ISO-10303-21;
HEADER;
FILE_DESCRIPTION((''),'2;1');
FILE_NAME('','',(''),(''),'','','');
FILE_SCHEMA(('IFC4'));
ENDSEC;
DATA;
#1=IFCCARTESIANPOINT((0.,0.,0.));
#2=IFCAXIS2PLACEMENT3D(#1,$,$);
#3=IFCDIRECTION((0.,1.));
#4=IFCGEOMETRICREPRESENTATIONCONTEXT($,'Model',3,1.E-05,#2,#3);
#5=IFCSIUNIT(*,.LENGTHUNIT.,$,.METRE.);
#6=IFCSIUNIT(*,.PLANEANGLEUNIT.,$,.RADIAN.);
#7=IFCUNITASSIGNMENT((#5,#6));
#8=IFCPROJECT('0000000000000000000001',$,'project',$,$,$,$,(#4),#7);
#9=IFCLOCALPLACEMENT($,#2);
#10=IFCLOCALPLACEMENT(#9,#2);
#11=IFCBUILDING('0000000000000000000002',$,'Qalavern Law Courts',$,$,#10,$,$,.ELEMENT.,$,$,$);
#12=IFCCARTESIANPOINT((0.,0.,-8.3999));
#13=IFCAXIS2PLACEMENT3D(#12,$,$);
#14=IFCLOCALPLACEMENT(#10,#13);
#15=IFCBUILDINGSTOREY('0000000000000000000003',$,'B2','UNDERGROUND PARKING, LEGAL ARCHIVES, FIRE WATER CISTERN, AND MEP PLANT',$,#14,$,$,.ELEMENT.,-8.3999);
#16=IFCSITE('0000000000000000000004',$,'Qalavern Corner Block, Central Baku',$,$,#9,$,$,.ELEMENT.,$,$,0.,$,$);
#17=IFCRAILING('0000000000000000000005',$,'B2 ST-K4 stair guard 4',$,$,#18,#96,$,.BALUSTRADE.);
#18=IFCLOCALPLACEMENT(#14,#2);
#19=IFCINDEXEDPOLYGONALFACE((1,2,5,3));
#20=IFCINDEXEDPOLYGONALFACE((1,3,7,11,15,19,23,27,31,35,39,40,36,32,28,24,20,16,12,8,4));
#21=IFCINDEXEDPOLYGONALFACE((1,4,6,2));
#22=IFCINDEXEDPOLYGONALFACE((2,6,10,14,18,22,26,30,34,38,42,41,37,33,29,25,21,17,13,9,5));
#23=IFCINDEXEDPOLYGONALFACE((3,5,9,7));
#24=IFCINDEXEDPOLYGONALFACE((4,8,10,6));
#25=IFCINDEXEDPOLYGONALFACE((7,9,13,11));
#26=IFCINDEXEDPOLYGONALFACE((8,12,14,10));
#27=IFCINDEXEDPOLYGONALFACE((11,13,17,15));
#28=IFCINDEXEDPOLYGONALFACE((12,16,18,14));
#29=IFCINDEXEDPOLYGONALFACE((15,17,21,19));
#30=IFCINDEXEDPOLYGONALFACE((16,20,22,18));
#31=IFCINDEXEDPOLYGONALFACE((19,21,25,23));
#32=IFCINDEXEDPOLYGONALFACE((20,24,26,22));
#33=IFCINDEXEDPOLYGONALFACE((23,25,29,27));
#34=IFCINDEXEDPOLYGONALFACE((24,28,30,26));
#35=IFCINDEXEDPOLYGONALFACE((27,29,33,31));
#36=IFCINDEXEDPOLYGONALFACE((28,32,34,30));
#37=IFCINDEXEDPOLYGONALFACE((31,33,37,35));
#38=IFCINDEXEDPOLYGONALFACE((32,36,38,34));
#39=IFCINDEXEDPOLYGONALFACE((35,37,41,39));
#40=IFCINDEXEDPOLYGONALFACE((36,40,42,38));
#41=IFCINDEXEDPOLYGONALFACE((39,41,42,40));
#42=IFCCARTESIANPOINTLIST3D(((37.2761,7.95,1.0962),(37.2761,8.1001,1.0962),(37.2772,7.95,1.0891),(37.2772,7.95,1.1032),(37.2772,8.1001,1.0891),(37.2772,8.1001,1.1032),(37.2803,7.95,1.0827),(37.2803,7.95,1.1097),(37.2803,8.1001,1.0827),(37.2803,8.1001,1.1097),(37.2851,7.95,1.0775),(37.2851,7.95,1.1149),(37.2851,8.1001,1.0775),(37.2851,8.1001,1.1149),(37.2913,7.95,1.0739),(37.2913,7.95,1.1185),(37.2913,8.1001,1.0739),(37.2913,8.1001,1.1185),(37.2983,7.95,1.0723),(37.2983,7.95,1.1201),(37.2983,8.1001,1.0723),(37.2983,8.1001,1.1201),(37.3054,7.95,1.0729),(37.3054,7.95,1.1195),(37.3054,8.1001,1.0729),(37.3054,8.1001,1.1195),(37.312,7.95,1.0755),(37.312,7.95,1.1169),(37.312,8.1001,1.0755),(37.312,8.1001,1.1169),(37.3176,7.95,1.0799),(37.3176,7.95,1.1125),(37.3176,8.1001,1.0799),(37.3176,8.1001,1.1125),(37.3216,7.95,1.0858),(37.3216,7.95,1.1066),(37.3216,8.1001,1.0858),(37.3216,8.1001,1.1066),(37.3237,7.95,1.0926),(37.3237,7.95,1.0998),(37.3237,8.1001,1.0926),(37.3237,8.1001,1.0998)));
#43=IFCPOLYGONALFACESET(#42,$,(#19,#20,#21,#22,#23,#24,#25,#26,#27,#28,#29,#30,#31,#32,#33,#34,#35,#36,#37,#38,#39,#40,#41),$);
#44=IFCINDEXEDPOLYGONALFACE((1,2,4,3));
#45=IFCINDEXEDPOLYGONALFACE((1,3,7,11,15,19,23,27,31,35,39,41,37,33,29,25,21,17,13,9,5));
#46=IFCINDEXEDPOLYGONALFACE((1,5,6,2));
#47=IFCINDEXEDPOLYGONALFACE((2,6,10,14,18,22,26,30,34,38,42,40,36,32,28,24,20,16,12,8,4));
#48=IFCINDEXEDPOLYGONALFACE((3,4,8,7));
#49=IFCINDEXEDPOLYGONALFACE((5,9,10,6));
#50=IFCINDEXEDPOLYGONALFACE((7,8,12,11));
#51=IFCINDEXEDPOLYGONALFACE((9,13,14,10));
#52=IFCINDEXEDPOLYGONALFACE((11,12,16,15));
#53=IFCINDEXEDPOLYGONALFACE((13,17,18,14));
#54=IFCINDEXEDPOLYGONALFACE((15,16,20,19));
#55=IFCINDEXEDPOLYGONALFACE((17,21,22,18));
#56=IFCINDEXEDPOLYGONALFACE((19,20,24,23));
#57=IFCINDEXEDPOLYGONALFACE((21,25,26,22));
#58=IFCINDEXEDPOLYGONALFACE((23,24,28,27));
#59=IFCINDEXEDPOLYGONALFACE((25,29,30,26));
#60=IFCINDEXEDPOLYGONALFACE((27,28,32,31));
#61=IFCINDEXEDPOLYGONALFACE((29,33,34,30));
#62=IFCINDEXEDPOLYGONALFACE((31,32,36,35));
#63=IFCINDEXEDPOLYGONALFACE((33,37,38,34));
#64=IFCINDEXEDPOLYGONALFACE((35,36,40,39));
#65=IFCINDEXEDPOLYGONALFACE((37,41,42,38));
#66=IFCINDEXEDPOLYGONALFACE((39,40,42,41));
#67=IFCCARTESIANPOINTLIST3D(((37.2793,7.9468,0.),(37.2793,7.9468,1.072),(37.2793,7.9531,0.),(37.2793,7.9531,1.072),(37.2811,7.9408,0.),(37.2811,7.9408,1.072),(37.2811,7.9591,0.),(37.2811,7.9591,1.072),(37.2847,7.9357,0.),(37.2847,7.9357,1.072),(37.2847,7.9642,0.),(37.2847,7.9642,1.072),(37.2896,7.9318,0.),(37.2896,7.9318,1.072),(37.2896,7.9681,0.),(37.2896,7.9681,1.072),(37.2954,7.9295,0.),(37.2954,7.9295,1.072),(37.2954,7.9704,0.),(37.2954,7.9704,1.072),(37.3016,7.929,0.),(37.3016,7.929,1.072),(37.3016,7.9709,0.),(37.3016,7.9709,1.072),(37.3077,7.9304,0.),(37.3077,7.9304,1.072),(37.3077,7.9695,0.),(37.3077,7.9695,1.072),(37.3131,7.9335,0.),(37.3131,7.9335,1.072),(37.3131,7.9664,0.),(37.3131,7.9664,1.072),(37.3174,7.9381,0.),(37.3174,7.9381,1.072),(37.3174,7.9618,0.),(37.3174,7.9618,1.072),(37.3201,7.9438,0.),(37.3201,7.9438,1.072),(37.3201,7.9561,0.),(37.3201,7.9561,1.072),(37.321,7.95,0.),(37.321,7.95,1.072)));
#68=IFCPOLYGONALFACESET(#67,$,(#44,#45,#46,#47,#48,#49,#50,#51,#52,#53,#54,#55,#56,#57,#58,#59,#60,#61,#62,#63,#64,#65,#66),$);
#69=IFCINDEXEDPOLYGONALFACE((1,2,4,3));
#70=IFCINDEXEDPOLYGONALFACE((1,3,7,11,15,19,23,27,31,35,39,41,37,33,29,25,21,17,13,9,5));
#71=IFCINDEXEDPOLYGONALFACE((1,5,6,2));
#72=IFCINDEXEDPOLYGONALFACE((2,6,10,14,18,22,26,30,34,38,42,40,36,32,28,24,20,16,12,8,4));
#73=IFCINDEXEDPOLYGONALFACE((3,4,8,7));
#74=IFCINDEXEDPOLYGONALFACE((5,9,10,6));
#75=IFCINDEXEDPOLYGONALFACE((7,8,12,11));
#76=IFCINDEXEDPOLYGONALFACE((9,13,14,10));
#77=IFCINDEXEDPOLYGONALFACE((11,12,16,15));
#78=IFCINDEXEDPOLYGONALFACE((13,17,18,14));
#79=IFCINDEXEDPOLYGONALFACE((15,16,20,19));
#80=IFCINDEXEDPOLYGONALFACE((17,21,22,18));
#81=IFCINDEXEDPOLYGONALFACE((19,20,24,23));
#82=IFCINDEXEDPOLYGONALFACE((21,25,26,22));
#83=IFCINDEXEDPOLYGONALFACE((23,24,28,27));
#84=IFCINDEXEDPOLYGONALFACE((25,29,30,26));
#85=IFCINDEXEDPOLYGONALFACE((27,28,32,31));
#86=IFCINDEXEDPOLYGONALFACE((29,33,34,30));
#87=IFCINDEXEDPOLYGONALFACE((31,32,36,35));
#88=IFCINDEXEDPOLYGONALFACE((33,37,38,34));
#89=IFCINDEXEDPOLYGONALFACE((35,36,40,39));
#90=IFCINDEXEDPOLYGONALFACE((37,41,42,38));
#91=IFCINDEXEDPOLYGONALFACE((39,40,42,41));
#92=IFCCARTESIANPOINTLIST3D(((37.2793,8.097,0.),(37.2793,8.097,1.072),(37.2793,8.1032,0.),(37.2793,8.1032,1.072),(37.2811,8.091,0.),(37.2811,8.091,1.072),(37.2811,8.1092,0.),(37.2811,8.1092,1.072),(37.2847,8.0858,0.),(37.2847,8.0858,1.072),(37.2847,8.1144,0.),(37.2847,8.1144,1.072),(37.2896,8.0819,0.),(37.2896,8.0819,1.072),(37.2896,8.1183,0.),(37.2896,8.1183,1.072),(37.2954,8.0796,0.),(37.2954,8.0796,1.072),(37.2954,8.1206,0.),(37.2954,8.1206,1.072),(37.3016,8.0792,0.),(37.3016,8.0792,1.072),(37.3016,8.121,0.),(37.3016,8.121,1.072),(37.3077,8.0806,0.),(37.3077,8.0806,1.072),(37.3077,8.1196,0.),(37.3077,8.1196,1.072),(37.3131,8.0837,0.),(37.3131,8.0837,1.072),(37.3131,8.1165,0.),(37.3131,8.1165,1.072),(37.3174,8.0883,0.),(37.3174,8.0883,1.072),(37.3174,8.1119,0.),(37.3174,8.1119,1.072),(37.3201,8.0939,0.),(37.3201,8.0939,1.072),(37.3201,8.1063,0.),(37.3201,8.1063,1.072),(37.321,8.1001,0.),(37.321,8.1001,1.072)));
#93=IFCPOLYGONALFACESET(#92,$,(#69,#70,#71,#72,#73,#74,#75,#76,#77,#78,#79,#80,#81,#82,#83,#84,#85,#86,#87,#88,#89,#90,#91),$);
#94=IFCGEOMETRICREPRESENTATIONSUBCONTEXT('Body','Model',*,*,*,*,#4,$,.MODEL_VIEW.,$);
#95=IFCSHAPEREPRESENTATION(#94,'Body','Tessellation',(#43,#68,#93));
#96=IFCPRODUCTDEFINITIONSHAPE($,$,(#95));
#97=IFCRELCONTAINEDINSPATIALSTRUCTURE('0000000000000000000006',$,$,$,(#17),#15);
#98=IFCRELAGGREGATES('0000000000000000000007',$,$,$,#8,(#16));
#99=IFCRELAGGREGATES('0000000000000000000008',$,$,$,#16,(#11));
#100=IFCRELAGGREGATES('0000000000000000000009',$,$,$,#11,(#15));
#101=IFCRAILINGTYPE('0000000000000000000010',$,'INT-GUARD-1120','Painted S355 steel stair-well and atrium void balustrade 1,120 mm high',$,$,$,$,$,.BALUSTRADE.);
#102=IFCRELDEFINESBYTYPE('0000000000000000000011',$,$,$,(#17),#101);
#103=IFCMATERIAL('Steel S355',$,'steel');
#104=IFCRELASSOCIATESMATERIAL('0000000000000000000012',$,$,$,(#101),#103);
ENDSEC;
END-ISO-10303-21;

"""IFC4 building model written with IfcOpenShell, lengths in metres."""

from ifc_helpers import new_model, si_unit, direction, frame, origin, origin_2d, place, context, subcontext, project, spatial, circle, extrude, material, type_object, element, save


model = new_model("IFC4")

# Units and contexts
model_context = context("Model", 3, precision=1e-05, world=origin(), true_north=direction((0.0, 1.0)))
body_context = subcontext(model_context, "Body", "Model", "MODEL_VIEW")
ifc_project = project(units=[si_unit("LENGTHUNIT", "METRE"), si_unit("PLANEANGLEUNIT", "RADIAN")], contexts=[model_context])

# Site, building, storey
site_placement = place(None, origin())
site = spatial("IfcSite", under=ifc_project, at=site_placement, Name="Qalavern Corner Block, Central Baku", CompositionType="ELEMENT", RefElevation=0.0)
building_placement = place(site_placement, origin())
building = spatial("IfcBuilding", under=site, at=building_placement, Name="Qalavern Law Courts", CompositionType="ELEMENT")
storey_placement = place(building_placement, frame((0.0, 0.0, -8.3999)))
storey = spatial("IfcBuildingStorey", under=building, at=storey_placement, Name="B2", Description="UNDERGROUND PARKING, LEGAL ARCHIVES, FIRE WATER CISTERN, AND MEP PLANT", CompositionType="ELEMENT", Elevation=-8.3999)

# Railing
ifc_material_1 = material(Name="Steel S355", Category="steel")
railing_type_1 = type_object("IfcRailingType", Name="INT-GUARD-1120", Description="Painted S355 steel stair-well and atrium void balustrade 1,120 mm high", PredefinedType="BALUSTRADE", material=ifc_material_1)
railing_1_placement = place(storey_placement, frame((37.3, 7.95, 0.0)))
element("IfcRailing", 1, at=railing_1_placement, inside=storey, type_object=railing_type_1, Name="B2 ST-K4 stair guard 4", PredefinedType="BALUSTRADE", context=body_context, shape_type="SweptSolid", body=[
    extrude(circle(Radius=0.0239, at=origin_2d()), frame((0.0, 0.0, 1.0962), z_axis=(0.0, 1.0, 0.0), x_axis=(-1.0, 0.0, 0.0)), (0.0, 0.0, 1.0), 0.1501),
    extrude(circle(Radius=0.021, at=origin_2d()), origin(), (0.0, 0.0, 1.0), 1.072),
    extrude(circle(Radius=0.021, at=origin_2d()), frame((0.0, 0.1501, 0.0)), (0.0, 0.0, 1.0), 1.072),
])

save(model, "model.ifc")
